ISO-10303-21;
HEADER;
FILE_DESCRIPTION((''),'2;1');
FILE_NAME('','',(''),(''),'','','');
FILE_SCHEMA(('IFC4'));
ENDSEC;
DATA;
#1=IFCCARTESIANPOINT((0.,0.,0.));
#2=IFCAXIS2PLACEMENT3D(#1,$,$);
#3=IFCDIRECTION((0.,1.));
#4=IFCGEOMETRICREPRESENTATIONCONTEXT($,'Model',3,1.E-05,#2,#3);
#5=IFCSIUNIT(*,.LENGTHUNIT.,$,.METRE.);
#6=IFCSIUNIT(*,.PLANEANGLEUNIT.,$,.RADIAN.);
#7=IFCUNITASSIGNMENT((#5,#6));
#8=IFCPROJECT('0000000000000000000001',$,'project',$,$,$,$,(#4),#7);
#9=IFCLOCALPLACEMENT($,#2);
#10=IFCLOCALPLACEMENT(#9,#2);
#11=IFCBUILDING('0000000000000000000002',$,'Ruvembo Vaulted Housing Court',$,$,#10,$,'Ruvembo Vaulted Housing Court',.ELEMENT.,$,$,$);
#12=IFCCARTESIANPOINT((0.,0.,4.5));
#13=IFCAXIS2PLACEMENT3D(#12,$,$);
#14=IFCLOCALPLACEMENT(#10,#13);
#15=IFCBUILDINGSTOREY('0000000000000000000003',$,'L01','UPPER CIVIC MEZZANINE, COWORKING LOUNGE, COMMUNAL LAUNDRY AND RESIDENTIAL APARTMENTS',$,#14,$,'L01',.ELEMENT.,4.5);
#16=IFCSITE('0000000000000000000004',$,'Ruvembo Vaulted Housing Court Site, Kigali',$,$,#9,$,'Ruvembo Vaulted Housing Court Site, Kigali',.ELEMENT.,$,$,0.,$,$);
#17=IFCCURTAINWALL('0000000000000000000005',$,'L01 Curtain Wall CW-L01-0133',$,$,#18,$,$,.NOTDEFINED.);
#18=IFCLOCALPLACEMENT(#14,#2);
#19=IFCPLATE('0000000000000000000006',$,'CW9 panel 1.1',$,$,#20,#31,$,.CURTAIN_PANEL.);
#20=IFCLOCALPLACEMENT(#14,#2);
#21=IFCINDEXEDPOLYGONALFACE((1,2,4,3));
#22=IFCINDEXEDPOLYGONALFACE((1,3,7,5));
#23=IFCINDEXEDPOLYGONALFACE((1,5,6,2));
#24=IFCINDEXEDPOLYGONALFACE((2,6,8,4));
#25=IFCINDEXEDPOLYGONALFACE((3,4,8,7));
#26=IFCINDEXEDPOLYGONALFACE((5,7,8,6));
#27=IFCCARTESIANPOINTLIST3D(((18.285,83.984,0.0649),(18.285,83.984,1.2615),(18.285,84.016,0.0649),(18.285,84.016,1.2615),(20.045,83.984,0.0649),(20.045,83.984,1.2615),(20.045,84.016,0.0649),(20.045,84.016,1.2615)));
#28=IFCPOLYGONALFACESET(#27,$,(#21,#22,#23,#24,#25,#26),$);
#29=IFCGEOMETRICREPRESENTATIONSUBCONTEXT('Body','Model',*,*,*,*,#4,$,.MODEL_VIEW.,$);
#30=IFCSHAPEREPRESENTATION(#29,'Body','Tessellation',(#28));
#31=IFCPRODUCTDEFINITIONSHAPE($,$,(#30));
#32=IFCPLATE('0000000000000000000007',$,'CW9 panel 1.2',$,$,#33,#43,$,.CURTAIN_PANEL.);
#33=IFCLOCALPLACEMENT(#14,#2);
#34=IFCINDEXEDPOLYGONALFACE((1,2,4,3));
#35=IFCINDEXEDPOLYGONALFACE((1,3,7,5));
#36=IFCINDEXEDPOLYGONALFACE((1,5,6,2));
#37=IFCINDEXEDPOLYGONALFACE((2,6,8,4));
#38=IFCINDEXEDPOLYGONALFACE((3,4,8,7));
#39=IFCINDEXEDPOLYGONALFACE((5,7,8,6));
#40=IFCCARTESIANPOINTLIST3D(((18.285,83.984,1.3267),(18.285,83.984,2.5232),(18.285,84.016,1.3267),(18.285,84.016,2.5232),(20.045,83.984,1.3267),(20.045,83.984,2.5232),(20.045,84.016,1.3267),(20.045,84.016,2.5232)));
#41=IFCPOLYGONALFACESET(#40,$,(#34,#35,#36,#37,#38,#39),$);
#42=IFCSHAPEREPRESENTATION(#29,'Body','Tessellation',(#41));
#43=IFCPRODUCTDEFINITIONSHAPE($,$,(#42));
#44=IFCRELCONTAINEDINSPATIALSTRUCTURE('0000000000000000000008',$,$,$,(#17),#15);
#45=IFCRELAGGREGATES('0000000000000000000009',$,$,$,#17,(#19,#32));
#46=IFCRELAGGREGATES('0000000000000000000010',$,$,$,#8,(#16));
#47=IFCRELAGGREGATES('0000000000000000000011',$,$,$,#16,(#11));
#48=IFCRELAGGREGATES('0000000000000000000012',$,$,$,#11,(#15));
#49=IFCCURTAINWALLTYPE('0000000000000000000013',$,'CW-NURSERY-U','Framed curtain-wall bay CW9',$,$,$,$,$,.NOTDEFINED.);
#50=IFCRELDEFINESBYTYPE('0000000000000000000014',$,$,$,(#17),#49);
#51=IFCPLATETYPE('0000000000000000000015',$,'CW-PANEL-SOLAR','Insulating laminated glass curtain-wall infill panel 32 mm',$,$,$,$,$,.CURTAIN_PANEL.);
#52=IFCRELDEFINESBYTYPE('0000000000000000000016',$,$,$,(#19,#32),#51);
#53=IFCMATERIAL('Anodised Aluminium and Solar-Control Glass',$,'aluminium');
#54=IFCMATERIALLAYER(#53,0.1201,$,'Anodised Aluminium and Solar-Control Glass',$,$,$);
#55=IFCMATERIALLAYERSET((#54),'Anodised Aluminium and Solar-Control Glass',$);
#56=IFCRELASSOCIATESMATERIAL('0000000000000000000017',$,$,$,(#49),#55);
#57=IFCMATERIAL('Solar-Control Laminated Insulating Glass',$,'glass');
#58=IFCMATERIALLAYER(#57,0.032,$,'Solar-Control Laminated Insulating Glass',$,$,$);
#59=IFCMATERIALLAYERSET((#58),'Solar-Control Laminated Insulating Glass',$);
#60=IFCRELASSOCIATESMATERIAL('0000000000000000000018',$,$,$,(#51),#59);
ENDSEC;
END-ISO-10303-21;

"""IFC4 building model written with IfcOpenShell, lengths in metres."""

from ifc_helpers import new_model, si_unit, direction, frame, origin, origin_2d, place, context, subcontext, project, spatial, rectangle, extrude, material, layer, layer_set, type_object, element, aggregate, save


model = new_model("IFC4")

# Units and contexts
model_context = context("Model", 3, precision=1e-05, world=origin(), true_north=direction((0.0, 1.0)))
body_context = subcontext(model_context, "Body", "Model", "MODEL_VIEW")
ifc_project = project(units=[si_unit("LENGTHUNIT", "METRE"), si_unit("PLANEANGLEUNIT", "RADIAN")], contexts=[model_context])

# Site, building, storey
site_placement = place(None, origin())
site = spatial("IfcSite", under=ifc_project, at=site_placement, Name="Ruvembo Vaulted Housing Court Site, Kigali", LongName="Ruvembo Vaulted Housing Court Site, Kigali", CompositionType="ELEMENT", RefElevation=0.0)
building_placement = place(site_placement, origin())
building = spatial("IfcBuilding", under=site, at=building_placement, Name="Ruvembo Vaulted Housing Court", LongName="Ruvembo Vaulted Housing Court", CompositionType="ELEMENT")
storey_placement = place(building_placement, frame((0.0, 0.0, 4.5)))
storey = spatial("IfcBuildingStorey", under=building, at=storey_placement, Name="L01", Description="UPPER CIVIC MEZZANINE, COWORKING LOUNGE, COMMUNAL LAUNDRY AND RESIDENTIAL APARTMENTS", LongName="L01", CompositionType="ELEMENT", Elevation=4.5)

# Curtain wall
ifc_material_1 = material(Name="Anodised Aluminium and Solar-Control Glass", Category="aluminium")
ifc_layer_1 = layer(ifc_material_1, 0.1201, Name="Anodised Aluminium and Solar-Control Glass")
ifc_layer_set_1 = layer_set([ifc_layer_1], Name="Anodised Aluminium and Solar-Control Glass")
curtain_wall_type = type_object("IfcCurtainWallType", Name="CW-NURSERY-U", Description="Framed curtain-wall bay CW9", PredefinedType="NOTDEFINED", material=ifc_layer_set_1)
curtain_wall_1_placement = place(storey_placement, origin())
curtain_wall_1 = element("IfcCurtainWall", 1, at=curtain_wall_1_placement, inside=storey, type_object=curtain_wall_type, Name="L01 Curtain Wall CW-L01-0133", PredefinedType="NOTDEFINED")

# Plates
ifc_material_2 = material(Name="Solar-Control Laminated Insulating Glass", Category="glass")
ifc_layer_2 = layer(ifc_material_2, 0.032, Name="Solar-Control Laminated Insulating Glass")
ifc_layer_set_2 = layer_set([ifc_layer_2], Name="Solar-Control Laminated Insulating Glass")
plate_type_1 = type_object("IfcPlateType", Name="CW-PANEL-SOLAR", Description="Insulating laminated glass curtain-wall infill panel 32 mm", PredefinedType="CURTAIN_PANEL", material=ifc_layer_set_2)
plate_1_placement = place(storey_placement, frame((19.165, 84.0, 0.0649), z_axis=(0.0, 0.0, 1.0), x_axis=(1.0, 0.0, 0.0)))
plate_1 = element("IfcPlate", 2, at=plate_1_placement, type_object=plate_type_1, Name="CW9 panel 1.1", PredefinedType="CURTAIN_PANEL", context=body_context, shape_type="SweptSolid", body=[
    extrude(rectangle(XDim=1.76, YDim=0.032, at=origin_2d()), origin(), (0.0, 0.0, 1.0), 1.1965),
])
plate_2_placement = place(storey_placement, frame((19.165, 84.0, 1.3267), z_axis=(0.0, 0.0, 1.0), x_axis=(1.0, 0.0, 0.0)))
plate_2 = element("IfcPlate", 3, at=plate_2_placement, type_object=plate_type_1, Name="CW9 panel 1.2", PredefinedType="CURTAIN_PANEL", context=body_context, shape_type="SweptSolid", body=[
    extrude(rectangle(XDim=1.76, YDim=0.032, at=origin_2d()), origin(), (0.0, 0.0, 1.0), 1.1965),
])
aggregate(curtain_wall_1, [plate_1, plate_2])

save(model, "model.ifc")
